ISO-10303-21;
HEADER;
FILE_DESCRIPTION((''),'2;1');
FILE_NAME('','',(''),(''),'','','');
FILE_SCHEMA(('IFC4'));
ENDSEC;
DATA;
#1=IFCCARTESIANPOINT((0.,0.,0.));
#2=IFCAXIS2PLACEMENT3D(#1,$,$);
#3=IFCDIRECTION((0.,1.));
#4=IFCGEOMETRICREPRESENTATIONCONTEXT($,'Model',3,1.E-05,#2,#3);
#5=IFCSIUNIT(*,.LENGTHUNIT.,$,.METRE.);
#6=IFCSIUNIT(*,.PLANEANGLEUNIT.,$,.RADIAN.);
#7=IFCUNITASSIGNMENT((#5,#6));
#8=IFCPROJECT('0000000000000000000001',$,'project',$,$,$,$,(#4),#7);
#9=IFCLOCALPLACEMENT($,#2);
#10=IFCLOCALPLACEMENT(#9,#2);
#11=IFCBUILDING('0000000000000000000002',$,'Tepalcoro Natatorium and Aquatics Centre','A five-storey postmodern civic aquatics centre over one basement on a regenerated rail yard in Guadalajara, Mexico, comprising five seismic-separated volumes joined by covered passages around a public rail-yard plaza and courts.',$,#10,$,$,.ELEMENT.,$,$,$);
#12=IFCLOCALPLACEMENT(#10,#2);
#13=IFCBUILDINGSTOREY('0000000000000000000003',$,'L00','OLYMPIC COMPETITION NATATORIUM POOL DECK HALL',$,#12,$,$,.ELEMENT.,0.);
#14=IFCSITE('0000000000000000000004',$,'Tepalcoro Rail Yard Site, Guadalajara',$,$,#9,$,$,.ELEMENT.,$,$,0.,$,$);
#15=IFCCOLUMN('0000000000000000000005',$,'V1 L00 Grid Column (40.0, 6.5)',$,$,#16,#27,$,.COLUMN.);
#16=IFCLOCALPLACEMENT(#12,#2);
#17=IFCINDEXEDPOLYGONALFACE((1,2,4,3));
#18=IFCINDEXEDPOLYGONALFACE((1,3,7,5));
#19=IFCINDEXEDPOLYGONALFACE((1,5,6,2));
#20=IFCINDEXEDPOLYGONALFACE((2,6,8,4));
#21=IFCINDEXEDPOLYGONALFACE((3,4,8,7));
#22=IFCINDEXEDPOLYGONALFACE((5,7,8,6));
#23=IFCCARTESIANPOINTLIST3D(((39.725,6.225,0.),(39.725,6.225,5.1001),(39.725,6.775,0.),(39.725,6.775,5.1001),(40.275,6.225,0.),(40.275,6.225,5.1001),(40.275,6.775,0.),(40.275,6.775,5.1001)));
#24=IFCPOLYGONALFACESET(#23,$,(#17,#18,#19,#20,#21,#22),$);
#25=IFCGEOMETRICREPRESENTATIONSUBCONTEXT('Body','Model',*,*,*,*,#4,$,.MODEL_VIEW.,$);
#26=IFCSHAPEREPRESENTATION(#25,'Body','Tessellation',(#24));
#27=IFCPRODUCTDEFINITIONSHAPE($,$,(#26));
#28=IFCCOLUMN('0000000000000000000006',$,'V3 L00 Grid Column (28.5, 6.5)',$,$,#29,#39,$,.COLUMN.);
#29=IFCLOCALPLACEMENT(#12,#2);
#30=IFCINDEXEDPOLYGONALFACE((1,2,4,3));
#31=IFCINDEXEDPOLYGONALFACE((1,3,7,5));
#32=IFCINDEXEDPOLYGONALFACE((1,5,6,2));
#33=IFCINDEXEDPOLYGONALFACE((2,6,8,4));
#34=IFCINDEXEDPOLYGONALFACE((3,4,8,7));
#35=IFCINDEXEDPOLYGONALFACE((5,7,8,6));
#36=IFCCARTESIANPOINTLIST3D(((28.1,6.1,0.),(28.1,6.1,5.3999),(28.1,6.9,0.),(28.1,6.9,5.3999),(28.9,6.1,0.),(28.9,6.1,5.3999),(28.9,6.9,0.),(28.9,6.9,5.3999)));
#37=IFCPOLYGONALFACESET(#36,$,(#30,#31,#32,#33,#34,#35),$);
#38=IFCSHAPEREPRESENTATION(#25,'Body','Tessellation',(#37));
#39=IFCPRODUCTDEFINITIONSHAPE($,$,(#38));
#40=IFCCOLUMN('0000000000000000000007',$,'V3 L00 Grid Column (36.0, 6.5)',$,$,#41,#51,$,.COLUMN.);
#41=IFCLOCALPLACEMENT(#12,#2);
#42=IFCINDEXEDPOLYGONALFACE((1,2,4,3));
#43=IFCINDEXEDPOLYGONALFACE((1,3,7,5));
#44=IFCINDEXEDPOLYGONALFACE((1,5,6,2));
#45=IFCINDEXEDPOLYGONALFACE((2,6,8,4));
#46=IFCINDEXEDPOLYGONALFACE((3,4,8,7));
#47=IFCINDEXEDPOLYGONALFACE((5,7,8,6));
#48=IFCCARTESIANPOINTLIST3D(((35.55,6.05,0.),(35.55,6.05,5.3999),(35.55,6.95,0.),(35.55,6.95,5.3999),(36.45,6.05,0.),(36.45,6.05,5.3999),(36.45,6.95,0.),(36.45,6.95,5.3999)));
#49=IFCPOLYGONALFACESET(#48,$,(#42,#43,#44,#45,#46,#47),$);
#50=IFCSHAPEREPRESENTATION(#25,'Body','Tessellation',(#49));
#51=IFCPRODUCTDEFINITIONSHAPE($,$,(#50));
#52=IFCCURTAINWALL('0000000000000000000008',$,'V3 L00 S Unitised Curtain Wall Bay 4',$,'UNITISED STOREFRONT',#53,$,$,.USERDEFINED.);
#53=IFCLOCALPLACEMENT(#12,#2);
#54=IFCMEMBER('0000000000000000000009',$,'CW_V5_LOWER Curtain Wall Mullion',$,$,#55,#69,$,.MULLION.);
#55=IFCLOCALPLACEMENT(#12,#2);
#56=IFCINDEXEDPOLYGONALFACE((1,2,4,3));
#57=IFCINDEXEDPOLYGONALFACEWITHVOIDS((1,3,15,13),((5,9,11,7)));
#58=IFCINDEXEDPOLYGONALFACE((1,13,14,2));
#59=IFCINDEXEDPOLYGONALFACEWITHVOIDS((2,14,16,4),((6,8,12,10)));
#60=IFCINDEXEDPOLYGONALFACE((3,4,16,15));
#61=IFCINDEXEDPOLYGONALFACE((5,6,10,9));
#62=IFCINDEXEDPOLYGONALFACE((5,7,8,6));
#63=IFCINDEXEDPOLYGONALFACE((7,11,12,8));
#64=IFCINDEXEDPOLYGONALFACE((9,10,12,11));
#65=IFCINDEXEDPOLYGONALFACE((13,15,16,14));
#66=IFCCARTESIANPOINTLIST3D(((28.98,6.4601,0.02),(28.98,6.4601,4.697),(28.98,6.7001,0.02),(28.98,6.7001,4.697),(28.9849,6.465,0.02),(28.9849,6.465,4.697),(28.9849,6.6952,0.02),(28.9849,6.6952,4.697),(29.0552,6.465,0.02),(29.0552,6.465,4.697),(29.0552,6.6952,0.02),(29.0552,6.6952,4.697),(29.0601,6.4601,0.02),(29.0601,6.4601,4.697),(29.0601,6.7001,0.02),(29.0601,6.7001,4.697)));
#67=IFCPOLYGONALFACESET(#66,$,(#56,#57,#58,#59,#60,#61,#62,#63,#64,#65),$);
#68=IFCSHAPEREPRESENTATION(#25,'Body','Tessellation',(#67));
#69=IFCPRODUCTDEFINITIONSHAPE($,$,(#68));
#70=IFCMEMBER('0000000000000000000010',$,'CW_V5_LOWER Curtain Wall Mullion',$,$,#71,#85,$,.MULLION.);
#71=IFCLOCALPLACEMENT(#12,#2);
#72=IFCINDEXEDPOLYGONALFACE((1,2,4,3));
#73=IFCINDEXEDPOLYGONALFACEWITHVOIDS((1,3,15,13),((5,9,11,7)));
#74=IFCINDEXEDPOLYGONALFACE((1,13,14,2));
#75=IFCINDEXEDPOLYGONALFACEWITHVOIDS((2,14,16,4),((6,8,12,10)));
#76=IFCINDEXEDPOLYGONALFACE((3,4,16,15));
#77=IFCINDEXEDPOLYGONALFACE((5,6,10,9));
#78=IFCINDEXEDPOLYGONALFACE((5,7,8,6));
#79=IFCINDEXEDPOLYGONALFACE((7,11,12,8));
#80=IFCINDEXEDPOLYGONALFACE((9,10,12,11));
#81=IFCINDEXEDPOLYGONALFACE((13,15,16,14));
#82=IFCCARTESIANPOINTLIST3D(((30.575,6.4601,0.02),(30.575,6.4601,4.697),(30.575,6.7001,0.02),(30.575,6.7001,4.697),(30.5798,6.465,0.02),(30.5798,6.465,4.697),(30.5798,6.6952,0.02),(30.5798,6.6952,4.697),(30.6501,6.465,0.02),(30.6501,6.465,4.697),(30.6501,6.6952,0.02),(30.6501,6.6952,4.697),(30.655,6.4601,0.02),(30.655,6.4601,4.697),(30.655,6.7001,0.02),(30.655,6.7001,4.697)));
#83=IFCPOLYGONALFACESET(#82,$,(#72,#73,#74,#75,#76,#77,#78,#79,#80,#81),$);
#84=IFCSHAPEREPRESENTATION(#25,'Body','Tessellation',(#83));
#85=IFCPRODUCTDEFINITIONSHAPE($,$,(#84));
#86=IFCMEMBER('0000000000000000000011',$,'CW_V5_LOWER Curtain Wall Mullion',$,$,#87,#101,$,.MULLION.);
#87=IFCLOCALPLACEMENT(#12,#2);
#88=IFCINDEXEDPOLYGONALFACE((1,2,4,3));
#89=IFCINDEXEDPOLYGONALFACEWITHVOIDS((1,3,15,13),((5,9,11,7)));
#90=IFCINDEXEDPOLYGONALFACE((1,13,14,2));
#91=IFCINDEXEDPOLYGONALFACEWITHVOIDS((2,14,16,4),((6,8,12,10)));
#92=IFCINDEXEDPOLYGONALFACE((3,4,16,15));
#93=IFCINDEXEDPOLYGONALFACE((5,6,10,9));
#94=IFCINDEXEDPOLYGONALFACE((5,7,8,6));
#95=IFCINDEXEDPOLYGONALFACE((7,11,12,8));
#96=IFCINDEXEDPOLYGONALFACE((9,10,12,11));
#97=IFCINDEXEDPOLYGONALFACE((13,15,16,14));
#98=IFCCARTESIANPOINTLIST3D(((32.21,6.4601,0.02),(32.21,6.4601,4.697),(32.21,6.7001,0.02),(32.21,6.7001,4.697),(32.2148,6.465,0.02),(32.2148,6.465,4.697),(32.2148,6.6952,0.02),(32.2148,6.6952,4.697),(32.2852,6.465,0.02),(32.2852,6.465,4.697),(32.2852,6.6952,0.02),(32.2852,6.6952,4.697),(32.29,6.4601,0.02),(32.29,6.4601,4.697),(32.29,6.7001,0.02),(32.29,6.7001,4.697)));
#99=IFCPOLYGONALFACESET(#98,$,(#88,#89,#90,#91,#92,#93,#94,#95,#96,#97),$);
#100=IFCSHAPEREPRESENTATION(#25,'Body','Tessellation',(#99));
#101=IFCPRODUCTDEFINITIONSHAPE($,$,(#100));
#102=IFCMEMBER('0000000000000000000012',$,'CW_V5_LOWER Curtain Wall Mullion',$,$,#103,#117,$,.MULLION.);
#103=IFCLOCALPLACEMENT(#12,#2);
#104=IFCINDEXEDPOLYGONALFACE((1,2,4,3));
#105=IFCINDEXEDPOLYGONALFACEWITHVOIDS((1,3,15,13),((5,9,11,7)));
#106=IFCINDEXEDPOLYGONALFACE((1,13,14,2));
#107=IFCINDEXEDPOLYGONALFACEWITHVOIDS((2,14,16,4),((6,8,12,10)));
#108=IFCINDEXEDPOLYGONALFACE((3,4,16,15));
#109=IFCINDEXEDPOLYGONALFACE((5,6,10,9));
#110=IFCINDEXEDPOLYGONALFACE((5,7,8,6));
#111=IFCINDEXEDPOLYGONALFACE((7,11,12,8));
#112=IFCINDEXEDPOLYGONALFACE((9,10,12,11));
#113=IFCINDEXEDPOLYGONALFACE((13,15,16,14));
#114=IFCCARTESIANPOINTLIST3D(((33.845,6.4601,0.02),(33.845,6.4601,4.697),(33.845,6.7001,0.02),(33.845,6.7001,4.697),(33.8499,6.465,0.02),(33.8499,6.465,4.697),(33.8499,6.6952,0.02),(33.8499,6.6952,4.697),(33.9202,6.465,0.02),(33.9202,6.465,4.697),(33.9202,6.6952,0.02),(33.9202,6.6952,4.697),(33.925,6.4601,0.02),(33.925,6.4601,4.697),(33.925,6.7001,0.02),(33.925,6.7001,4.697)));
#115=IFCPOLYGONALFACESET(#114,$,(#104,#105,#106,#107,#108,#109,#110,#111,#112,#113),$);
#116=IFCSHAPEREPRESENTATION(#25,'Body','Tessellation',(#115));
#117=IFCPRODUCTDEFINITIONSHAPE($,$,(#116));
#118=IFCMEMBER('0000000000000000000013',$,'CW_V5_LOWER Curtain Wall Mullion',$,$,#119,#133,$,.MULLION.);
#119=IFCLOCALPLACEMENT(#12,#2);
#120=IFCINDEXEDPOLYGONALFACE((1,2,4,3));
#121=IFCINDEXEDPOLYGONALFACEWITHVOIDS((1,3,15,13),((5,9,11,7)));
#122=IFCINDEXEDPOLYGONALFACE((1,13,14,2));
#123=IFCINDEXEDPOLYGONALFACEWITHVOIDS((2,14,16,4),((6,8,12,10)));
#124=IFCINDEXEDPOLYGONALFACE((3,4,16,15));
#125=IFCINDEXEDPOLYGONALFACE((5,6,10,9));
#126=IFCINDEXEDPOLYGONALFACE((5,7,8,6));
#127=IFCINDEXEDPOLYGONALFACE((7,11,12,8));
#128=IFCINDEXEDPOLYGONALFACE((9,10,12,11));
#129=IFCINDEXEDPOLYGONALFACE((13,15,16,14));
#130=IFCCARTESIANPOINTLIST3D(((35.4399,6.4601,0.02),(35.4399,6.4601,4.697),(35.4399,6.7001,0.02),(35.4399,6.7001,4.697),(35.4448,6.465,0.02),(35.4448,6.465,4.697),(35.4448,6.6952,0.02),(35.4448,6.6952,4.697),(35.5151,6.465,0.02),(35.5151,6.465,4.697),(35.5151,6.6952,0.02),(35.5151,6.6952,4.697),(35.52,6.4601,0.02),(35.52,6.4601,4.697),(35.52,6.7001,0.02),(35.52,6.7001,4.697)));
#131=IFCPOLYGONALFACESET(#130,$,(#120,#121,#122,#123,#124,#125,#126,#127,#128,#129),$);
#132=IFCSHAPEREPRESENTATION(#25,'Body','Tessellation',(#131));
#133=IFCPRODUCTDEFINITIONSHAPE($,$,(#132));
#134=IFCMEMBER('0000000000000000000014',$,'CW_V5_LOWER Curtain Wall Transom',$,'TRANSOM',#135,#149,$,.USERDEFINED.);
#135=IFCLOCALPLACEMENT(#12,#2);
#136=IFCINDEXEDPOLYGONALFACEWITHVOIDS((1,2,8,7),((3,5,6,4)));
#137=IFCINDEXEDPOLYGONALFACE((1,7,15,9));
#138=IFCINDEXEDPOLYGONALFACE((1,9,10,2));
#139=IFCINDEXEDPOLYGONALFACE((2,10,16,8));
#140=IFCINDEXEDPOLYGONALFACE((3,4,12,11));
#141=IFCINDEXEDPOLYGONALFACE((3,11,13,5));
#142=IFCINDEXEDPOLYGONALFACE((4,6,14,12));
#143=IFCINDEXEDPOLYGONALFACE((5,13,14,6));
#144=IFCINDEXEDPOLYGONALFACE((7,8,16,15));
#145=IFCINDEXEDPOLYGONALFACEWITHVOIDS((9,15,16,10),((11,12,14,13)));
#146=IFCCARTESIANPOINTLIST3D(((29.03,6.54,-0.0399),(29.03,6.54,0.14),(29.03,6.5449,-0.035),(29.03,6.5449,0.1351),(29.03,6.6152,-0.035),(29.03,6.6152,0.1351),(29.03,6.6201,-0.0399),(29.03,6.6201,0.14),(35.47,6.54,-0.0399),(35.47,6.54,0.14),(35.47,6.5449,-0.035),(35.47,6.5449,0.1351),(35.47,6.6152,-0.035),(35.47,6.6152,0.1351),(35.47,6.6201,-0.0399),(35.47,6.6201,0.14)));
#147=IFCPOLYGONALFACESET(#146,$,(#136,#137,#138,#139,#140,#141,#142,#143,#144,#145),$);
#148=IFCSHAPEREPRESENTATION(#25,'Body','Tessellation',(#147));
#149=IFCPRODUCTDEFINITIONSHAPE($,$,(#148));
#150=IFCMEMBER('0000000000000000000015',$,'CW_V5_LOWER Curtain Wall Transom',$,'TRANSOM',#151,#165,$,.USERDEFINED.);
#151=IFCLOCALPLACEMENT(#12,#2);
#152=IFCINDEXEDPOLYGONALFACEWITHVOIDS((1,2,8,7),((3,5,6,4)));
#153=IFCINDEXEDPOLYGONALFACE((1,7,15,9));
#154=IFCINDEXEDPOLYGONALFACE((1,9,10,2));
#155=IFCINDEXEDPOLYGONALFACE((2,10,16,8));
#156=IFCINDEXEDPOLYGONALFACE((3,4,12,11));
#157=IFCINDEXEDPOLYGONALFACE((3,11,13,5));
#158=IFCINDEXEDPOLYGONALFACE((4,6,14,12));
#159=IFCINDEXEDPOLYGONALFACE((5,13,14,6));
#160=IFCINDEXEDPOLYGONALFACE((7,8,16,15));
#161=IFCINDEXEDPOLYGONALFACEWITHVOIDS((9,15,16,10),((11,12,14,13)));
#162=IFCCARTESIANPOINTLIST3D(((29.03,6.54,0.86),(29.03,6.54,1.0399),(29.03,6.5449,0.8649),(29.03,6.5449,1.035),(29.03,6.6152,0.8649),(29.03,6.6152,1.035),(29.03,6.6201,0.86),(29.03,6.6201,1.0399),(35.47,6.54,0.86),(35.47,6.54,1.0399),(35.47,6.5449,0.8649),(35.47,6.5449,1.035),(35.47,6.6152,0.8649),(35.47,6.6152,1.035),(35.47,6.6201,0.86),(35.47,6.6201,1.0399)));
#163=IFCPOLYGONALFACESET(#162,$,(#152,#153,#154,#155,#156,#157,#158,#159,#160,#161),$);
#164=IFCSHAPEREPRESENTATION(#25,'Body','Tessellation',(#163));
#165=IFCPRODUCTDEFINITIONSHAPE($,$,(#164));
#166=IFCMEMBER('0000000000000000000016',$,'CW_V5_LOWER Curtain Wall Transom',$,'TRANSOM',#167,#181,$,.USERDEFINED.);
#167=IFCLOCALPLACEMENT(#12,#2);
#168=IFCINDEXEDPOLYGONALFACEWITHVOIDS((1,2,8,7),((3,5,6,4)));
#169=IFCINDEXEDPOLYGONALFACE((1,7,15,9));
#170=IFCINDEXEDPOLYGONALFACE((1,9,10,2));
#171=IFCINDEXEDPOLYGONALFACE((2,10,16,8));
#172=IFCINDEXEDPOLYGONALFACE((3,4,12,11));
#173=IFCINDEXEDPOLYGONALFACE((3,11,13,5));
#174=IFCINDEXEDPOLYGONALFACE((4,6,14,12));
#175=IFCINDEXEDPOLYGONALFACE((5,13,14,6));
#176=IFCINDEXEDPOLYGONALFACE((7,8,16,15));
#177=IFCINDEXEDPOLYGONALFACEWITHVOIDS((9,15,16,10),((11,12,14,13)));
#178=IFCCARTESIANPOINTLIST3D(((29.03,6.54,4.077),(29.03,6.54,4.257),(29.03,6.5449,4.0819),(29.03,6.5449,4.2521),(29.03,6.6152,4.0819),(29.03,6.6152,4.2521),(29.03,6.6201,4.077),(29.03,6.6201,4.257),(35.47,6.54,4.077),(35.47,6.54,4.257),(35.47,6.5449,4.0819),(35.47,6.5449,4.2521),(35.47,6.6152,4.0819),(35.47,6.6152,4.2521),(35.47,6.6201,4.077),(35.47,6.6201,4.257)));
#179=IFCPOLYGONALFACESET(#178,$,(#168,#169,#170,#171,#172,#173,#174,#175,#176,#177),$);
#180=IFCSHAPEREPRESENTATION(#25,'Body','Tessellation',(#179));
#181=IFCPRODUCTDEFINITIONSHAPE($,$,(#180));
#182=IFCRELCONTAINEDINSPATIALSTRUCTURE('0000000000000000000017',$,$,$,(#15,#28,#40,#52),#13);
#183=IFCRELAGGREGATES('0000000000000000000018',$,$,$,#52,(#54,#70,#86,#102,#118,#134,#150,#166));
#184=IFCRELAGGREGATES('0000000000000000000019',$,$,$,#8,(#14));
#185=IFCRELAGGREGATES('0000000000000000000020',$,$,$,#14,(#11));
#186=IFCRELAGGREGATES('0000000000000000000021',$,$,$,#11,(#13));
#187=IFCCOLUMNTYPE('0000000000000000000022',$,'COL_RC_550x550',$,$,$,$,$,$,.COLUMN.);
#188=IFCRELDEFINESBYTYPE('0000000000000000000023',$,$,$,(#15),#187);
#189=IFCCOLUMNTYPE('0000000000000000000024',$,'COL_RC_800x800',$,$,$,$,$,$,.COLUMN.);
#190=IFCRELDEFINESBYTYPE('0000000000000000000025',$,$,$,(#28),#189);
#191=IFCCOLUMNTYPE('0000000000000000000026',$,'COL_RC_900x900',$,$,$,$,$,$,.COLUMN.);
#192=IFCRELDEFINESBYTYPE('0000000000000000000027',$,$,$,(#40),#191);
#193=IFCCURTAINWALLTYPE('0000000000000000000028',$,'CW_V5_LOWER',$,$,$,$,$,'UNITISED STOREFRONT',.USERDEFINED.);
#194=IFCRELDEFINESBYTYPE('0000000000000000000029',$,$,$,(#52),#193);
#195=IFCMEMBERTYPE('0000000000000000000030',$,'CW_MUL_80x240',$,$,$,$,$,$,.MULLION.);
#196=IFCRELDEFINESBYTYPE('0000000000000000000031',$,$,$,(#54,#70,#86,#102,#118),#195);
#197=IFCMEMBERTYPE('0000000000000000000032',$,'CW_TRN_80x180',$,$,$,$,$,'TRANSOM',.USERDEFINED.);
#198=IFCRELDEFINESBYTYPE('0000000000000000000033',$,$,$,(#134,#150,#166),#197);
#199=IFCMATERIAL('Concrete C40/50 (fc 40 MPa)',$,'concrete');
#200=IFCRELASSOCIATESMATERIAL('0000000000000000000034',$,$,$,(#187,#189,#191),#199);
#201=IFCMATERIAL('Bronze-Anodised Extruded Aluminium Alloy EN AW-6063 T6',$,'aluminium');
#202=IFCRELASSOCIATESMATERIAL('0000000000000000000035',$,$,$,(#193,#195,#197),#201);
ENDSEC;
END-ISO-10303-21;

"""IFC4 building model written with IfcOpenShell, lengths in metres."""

from ifc_helpers import new_model, si_unit, direction, frame, origin, origin_2d, place, context, subcontext, project, spatial, rectangle, hollow_rectangle, extrude, material, material_profile, profile_set, type_object, element, aggregate, save


model = new_model("IFC4")

# Units and contexts
model_context = context("Model", 3, precision=1e-05, world=origin(), true_north=direction((0.0, 1.0)))
body_context = subcontext(model_context, "Body", "Model", "MODEL_VIEW")
ifc_project = project(units=[si_unit("LENGTHUNIT", "METRE"), si_unit("PLANEANGLEUNIT", "RADIAN")], contexts=[model_context])

# Site, building, storey
site_placement = place(None, origin())
site = spatial("IfcSite", under=ifc_project, at=site_placement, Name="Tepalcoro Rail Yard Site, Guadalajara", CompositionType="ELEMENT", RefElevation=0.0)
building_placement = place(site_placement, origin())
building = spatial("IfcBuilding", under=site, at=building_placement, Name="Tepalcoro Natatorium and Aquatics Centre", Description="A five-storey postmodern civic aquatics centre over one basement on a regenerated rail yard in Guadalajara, Mexico, comprising five seismic-separated volumes joined by covered passages around a public rail-yard plaza and courts.", CompositionType="ELEMENT")
storey_placement = place(building_placement, origin())
storey = spatial("IfcBuildingStorey", under=building, at=storey_placement, Name="L00", Description="OLYMPIC COMPETITION NATATORIUM POOL DECK HALL", CompositionType="ELEMENT", Elevation=0.0)

# Shared definitions
ifc_material_1 = material(Name="Concrete C40/50 (fc 40 MPa)", Category="concrete")

# Columns
ifc_material_profile_1 = material_profile(ifc_material_1, rectangle(XDim=0.55, YDim=0.55, at=origin_2d()), Name="RC550x550")
ifc_profile_set_1 = profile_set([ifc_material_profile_1], Name="Concrete C40/50 (fc 40 MPa)")
column_type_1 = type_object("IfcColumnType", Name="COL_RC_550x550", PredefinedType="COLUMN", material=ifc_profile_set_1)
column_1_placement = place(storey_placement, frame((40.0, 6.5, 0.0), z_axis=(0.0, 0.0, 1.0), x_axis=(1.0, 0.0, 0.0)))
element("IfcColumn", 1, at=column_1_placement, inside=storey, type_object=column_type_1, Name="V1 L00 Grid Column (40.0, 6.5)", PredefinedType="COLUMN", context=body_context, shape_type="SweptSolid", body=[
    extrude(rectangle(XDim=0.55, YDim=0.55, at=origin_2d()), origin(), (0.0, 0.0, 1.0), 5.1001),
])
ifc_material_profile_2 = material_profile(ifc_material_1, rectangle(XDim=0.8, YDim=0.8, at=origin_2d()), Name="RC800x800")
ifc_profile_set_2 = profile_set([ifc_material_profile_2], Name="Concrete C40/50 (fc 40 MPa)")
column_type_2 = type_object("IfcColumnType", Name="COL_RC_800x800", PredefinedType="COLUMN", material=ifc_profile_set_2)
column_2_placement = place(storey_placement, frame((28.5, 6.5, 0.0), z_axis=(0.0, 0.0, 1.0), x_axis=(1.0, 0.0, 0.0)))
element("IfcColumn", 2, at=column_2_placement, inside=storey, type_object=column_type_2, Name="V3 L00 Grid Column (28.5, 6.5)", PredefinedType="COLUMN", context=body_context, shape_type="SweptSolid", body=[
    extrude(rectangle(XDim=0.8, YDim=0.8, at=origin_2d()), origin(), (0.0, 0.0, 1.0), 5.3999),
])
ifc_material_profile_3 = material_profile(ifc_material_1, rectangle(XDim=0.8999, YDim=0.8999, at=origin_2d()), Name="RC900x900")
ifc_profile_set_3 = profile_set([ifc_material_profile_3], Name="Concrete C40/50 (fc 40 MPa)")
column_type_3 = type_object("IfcColumnType", Name="COL_RC_900x900", PredefinedType="COLUMN", material=ifc_profile_set_3)
column_3_placement = place(storey_placement, frame((36.0, 6.5, 0.0), z_axis=(0.0, 0.0, 1.0), x_axis=(1.0, 0.0, 0.0)))
element("IfcColumn", 3, at=column_3_placement, inside=storey, type_object=column_type_3, Name="V3 L00 Grid Column (36.0, 6.5)", PredefinedType="COLUMN", context=body_context, shape_type="SweptSolid", body=[
    extrude(rectangle(XDim=0.8999, YDim=0.8999, at=origin_2d()), origin(), (0.0, 0.0, 1.0), 5.3999),
])

# Curtain wall, members
ifc_material_2 = material(Name="Bronze-Anodised Extruded Aluminium Alloy EN AW-6063 T6", Category="aluminium")
curtain_wall_type = type_object("IfcCurtainWallType", Name="CW_V5_LOWER", ElementType="UNITISED STOREFRONT", PredefinedType="USERDEFINED", material=ifc_material_2)
curtain_wall_placement = place(storey_placement, origin())
curtain_wall = element("IfcCurtainWall", 4, at=curtain_wall_placement, inside=storey, type_object=curtain_wall_type, Name="V3 L00 S Unitised Curtain Wall Bay 4", ObjectType="UNITISED STOREFRONT", PredefinedType="USERDEFINED")
ifc_material_profile_4 = material_profile(ifc_material_2, hollow_rectangle(XDim=0.0801, YDim=0.24, WallThickness=0.0049, at=origin_2d()), Name="AL80X240X5")
ifc_profile_set_4 = profile_set([ifc_material_profile_4], Name="Bronze-Anodised Extruded Aluminium Alloy EN AW-6063 T6")
member_type_1 = type_object("IfcMemberType", Name="CW_MUL_80x240", PredefinedType="MULLION", material=ifc_profile_set_4)
member_1_placement = place(storey_placement, frame((29.02, 6.5801, 0.02), z_axis=(0.0, 0.0, 1.0), x_axis=(1.0, 0.0, 0.0)))
member_1 = element("IfcMember", 5, at=member_1_placement, type_object=member_type_1, Name="CW_V5_LOWER Curtain Wall Mullion", PredefinedType="MULLION", context=body_context, shape_type="SweptSolid", body=[
    extrude(hollow_rectangle(XDim=0.0801, YDim=0.24, WallThickness=0.0049, at=origin_2d()), origin(), (0.0, 0.0, 1.0), 4.677),
])
member_2_placement = place(storey_placement, frame((30.615, 6.5801, 0.02), z_axis=(0.0, 0.0, 1.0), x_axis=(1.0, 0.0, 0.0)))
member_2 = element("IfcMember", 6, at=member_2_placement, type_object=member_type_1, Name="CW_V5_LOWER Curtain Wall Mullion", PredefinedType="MULLION", context=body_context, shape_type="SweptSolid", body=[
    extrude(hollow_rectangle(XDim=0.0801, YDim=0.24, WallThickness=0.0049, at=origin_2d()), origin(), (0.0, 0.0, 1.0), 4.677),
])
member_3_placement = place(storey_placement, frame((32.25, 6.5801, 0.02), z_axis=(0.0, 0.0, 1.0), x_axis=(1.0, 0.0, 0.0)))
member_3 = element("IfcMember", 7, at=member_3_placement, type_object=member_type_1, Name="CW_V5_LOWER Curtain Wall Mullion", PredefinedType="MULLION", context=body_context, shape_type="SweptSolid", body=[
    extrude(hollow_rectangle(XDim=0.0801, YDim=0.24, WallThickness=0.0049, at=origin_2d()), origin(), (0.0, 0.0, 1.0), 4.677),
])
member_4_placement = place(storey_placement, frame((33.885, 6.5801, 0.02), z_axis=(0.0, 0.0, 1.0), x_axis=(1.0, 0.0, 0.0)))
member_4 = element("IfcMember", 8, at=member_4_placement, type_object=member_type_1, Name="CW_V5_LOWER Curtain Wall Mullion", PredefinedType="MULLION", context=body_context, shape_type="SweptSolid", body=[
    extrude(hollow_rectangle(XDim=0.0801, YDim=0.24, WallThickness=0.0049, at=origin_2d()), origin(), (0.0, 0.0, 1.0), 4.677),
])
member_5_placement = place(storey_placement, frame((35.48, 6.5801, 0.02), z_axis=(0.0, 0.0, 1.0), x_axis=(1.0, 0.0, 0.0)))
member_5 = element("IfcMember", 9, at=member_5_placement, type_object=member_type_1, Name="CW_V5_LOWER Curtain Wall Mullion", PredefinedType="MULLION", context=body_context, shape_type="SweptSolid", body=[
    extrude(hollow_rectangle(XDim=0.0801, YDim=0.24, WallThickness=0.0049, at=origin_2d()), origin(), (0.0, 0.0, 1.0), 4.677),
])
ifc_material_profile_5 = material_profile(ifc_material_2, hollow_rectangle(XDim=0.0801, YDim=0.1799, WallThickness=0.0049, at=origin_2d()), Name="AL80X180X5")
ifc_profile_set_5 = profile_set([ifc_material_profile_5], Name="Bronze-Anodised Extruded Aluminium Alloy EN AW-6063 T6")
member_type_2 = type_object("IfcMemberType", Name="CW_TRN_80x180", ElementType="TRANSOM", PredefinedType="USERDEFINED", material=ifc_profile_set_5)
member_6_placement = place(storey_placement, frame((29.03, 6.5801, 0.05), z_axis=(1.0, 0.0, 0.0), x_axis=(0.0, 1.0, 0.0)))
member_6 = element("IfcMember", 10, at=member_6_placement, type_object=member_type_2, Name="CW_V5_LOWER Curtain Wall Transom", ObjectType="TRANSOM", PredefinedType="USERDEFINED", context=body_context, shape_type="SweptSolid", body=[
    extrude(hollow_rectangle(XDim=0.0801, YDim=0.1799, WallThickness=0.0049, at=origin_2d()), origin(), (0.0, 0.0, 1.0), 6.4399),
])
member_7_placement = place(storey_placement, frame((29.03, 6.5801, 0.95), z_axis=(1.0, 0.0, 0.0), x_axis=(0.0, 1.0, 0.0)))
member_7 = element("IfcMember", 11, at=member_7_placement, type_object=member_type_2, Name="CW_V5_LOWER Curtain Wall Transom", ObjectType="TRANSOM", PredefinedType="USERDEFINED", context=body_context, shape_type="SweptSolid", body=[
    extrude(hollow_rectangle(XDim=0.0801, YDim=0.1799, WallThickness=0.0049, at=origin_2d()), origin(), (0.0, 0.0, 1.0), 6.4399),
])
member_8_placement = place(storey_placement, frame((29.03, 6.5801, 4.167), z_axis=(1.0, 0.0, 0.0), x_axis=(0.0, 1.0, 0.0)))
member_8 = element("IfcMember", 12, at=member_8_placement, type_object=member_type_2, Name="CW_V5_LOWER Curtain Wall Transom", ObjectType="TRANSOM", PredefinedType="USERDEFINED", context=body_context, shape_type="SweptSolid", body=[
    extrude(hollow_rectangle(XDim=0.0801, YDim=0.1799, WallThickness=0.0049, at=origin_2d()), origin(), (0.0, 0.0, 1.0), 6.4399),
])

aggregate(curtain_wall, [member_1, member_2, member_3, member_4, member_5, member_6, member_7, member_8])

save(model, "model.ifc")
